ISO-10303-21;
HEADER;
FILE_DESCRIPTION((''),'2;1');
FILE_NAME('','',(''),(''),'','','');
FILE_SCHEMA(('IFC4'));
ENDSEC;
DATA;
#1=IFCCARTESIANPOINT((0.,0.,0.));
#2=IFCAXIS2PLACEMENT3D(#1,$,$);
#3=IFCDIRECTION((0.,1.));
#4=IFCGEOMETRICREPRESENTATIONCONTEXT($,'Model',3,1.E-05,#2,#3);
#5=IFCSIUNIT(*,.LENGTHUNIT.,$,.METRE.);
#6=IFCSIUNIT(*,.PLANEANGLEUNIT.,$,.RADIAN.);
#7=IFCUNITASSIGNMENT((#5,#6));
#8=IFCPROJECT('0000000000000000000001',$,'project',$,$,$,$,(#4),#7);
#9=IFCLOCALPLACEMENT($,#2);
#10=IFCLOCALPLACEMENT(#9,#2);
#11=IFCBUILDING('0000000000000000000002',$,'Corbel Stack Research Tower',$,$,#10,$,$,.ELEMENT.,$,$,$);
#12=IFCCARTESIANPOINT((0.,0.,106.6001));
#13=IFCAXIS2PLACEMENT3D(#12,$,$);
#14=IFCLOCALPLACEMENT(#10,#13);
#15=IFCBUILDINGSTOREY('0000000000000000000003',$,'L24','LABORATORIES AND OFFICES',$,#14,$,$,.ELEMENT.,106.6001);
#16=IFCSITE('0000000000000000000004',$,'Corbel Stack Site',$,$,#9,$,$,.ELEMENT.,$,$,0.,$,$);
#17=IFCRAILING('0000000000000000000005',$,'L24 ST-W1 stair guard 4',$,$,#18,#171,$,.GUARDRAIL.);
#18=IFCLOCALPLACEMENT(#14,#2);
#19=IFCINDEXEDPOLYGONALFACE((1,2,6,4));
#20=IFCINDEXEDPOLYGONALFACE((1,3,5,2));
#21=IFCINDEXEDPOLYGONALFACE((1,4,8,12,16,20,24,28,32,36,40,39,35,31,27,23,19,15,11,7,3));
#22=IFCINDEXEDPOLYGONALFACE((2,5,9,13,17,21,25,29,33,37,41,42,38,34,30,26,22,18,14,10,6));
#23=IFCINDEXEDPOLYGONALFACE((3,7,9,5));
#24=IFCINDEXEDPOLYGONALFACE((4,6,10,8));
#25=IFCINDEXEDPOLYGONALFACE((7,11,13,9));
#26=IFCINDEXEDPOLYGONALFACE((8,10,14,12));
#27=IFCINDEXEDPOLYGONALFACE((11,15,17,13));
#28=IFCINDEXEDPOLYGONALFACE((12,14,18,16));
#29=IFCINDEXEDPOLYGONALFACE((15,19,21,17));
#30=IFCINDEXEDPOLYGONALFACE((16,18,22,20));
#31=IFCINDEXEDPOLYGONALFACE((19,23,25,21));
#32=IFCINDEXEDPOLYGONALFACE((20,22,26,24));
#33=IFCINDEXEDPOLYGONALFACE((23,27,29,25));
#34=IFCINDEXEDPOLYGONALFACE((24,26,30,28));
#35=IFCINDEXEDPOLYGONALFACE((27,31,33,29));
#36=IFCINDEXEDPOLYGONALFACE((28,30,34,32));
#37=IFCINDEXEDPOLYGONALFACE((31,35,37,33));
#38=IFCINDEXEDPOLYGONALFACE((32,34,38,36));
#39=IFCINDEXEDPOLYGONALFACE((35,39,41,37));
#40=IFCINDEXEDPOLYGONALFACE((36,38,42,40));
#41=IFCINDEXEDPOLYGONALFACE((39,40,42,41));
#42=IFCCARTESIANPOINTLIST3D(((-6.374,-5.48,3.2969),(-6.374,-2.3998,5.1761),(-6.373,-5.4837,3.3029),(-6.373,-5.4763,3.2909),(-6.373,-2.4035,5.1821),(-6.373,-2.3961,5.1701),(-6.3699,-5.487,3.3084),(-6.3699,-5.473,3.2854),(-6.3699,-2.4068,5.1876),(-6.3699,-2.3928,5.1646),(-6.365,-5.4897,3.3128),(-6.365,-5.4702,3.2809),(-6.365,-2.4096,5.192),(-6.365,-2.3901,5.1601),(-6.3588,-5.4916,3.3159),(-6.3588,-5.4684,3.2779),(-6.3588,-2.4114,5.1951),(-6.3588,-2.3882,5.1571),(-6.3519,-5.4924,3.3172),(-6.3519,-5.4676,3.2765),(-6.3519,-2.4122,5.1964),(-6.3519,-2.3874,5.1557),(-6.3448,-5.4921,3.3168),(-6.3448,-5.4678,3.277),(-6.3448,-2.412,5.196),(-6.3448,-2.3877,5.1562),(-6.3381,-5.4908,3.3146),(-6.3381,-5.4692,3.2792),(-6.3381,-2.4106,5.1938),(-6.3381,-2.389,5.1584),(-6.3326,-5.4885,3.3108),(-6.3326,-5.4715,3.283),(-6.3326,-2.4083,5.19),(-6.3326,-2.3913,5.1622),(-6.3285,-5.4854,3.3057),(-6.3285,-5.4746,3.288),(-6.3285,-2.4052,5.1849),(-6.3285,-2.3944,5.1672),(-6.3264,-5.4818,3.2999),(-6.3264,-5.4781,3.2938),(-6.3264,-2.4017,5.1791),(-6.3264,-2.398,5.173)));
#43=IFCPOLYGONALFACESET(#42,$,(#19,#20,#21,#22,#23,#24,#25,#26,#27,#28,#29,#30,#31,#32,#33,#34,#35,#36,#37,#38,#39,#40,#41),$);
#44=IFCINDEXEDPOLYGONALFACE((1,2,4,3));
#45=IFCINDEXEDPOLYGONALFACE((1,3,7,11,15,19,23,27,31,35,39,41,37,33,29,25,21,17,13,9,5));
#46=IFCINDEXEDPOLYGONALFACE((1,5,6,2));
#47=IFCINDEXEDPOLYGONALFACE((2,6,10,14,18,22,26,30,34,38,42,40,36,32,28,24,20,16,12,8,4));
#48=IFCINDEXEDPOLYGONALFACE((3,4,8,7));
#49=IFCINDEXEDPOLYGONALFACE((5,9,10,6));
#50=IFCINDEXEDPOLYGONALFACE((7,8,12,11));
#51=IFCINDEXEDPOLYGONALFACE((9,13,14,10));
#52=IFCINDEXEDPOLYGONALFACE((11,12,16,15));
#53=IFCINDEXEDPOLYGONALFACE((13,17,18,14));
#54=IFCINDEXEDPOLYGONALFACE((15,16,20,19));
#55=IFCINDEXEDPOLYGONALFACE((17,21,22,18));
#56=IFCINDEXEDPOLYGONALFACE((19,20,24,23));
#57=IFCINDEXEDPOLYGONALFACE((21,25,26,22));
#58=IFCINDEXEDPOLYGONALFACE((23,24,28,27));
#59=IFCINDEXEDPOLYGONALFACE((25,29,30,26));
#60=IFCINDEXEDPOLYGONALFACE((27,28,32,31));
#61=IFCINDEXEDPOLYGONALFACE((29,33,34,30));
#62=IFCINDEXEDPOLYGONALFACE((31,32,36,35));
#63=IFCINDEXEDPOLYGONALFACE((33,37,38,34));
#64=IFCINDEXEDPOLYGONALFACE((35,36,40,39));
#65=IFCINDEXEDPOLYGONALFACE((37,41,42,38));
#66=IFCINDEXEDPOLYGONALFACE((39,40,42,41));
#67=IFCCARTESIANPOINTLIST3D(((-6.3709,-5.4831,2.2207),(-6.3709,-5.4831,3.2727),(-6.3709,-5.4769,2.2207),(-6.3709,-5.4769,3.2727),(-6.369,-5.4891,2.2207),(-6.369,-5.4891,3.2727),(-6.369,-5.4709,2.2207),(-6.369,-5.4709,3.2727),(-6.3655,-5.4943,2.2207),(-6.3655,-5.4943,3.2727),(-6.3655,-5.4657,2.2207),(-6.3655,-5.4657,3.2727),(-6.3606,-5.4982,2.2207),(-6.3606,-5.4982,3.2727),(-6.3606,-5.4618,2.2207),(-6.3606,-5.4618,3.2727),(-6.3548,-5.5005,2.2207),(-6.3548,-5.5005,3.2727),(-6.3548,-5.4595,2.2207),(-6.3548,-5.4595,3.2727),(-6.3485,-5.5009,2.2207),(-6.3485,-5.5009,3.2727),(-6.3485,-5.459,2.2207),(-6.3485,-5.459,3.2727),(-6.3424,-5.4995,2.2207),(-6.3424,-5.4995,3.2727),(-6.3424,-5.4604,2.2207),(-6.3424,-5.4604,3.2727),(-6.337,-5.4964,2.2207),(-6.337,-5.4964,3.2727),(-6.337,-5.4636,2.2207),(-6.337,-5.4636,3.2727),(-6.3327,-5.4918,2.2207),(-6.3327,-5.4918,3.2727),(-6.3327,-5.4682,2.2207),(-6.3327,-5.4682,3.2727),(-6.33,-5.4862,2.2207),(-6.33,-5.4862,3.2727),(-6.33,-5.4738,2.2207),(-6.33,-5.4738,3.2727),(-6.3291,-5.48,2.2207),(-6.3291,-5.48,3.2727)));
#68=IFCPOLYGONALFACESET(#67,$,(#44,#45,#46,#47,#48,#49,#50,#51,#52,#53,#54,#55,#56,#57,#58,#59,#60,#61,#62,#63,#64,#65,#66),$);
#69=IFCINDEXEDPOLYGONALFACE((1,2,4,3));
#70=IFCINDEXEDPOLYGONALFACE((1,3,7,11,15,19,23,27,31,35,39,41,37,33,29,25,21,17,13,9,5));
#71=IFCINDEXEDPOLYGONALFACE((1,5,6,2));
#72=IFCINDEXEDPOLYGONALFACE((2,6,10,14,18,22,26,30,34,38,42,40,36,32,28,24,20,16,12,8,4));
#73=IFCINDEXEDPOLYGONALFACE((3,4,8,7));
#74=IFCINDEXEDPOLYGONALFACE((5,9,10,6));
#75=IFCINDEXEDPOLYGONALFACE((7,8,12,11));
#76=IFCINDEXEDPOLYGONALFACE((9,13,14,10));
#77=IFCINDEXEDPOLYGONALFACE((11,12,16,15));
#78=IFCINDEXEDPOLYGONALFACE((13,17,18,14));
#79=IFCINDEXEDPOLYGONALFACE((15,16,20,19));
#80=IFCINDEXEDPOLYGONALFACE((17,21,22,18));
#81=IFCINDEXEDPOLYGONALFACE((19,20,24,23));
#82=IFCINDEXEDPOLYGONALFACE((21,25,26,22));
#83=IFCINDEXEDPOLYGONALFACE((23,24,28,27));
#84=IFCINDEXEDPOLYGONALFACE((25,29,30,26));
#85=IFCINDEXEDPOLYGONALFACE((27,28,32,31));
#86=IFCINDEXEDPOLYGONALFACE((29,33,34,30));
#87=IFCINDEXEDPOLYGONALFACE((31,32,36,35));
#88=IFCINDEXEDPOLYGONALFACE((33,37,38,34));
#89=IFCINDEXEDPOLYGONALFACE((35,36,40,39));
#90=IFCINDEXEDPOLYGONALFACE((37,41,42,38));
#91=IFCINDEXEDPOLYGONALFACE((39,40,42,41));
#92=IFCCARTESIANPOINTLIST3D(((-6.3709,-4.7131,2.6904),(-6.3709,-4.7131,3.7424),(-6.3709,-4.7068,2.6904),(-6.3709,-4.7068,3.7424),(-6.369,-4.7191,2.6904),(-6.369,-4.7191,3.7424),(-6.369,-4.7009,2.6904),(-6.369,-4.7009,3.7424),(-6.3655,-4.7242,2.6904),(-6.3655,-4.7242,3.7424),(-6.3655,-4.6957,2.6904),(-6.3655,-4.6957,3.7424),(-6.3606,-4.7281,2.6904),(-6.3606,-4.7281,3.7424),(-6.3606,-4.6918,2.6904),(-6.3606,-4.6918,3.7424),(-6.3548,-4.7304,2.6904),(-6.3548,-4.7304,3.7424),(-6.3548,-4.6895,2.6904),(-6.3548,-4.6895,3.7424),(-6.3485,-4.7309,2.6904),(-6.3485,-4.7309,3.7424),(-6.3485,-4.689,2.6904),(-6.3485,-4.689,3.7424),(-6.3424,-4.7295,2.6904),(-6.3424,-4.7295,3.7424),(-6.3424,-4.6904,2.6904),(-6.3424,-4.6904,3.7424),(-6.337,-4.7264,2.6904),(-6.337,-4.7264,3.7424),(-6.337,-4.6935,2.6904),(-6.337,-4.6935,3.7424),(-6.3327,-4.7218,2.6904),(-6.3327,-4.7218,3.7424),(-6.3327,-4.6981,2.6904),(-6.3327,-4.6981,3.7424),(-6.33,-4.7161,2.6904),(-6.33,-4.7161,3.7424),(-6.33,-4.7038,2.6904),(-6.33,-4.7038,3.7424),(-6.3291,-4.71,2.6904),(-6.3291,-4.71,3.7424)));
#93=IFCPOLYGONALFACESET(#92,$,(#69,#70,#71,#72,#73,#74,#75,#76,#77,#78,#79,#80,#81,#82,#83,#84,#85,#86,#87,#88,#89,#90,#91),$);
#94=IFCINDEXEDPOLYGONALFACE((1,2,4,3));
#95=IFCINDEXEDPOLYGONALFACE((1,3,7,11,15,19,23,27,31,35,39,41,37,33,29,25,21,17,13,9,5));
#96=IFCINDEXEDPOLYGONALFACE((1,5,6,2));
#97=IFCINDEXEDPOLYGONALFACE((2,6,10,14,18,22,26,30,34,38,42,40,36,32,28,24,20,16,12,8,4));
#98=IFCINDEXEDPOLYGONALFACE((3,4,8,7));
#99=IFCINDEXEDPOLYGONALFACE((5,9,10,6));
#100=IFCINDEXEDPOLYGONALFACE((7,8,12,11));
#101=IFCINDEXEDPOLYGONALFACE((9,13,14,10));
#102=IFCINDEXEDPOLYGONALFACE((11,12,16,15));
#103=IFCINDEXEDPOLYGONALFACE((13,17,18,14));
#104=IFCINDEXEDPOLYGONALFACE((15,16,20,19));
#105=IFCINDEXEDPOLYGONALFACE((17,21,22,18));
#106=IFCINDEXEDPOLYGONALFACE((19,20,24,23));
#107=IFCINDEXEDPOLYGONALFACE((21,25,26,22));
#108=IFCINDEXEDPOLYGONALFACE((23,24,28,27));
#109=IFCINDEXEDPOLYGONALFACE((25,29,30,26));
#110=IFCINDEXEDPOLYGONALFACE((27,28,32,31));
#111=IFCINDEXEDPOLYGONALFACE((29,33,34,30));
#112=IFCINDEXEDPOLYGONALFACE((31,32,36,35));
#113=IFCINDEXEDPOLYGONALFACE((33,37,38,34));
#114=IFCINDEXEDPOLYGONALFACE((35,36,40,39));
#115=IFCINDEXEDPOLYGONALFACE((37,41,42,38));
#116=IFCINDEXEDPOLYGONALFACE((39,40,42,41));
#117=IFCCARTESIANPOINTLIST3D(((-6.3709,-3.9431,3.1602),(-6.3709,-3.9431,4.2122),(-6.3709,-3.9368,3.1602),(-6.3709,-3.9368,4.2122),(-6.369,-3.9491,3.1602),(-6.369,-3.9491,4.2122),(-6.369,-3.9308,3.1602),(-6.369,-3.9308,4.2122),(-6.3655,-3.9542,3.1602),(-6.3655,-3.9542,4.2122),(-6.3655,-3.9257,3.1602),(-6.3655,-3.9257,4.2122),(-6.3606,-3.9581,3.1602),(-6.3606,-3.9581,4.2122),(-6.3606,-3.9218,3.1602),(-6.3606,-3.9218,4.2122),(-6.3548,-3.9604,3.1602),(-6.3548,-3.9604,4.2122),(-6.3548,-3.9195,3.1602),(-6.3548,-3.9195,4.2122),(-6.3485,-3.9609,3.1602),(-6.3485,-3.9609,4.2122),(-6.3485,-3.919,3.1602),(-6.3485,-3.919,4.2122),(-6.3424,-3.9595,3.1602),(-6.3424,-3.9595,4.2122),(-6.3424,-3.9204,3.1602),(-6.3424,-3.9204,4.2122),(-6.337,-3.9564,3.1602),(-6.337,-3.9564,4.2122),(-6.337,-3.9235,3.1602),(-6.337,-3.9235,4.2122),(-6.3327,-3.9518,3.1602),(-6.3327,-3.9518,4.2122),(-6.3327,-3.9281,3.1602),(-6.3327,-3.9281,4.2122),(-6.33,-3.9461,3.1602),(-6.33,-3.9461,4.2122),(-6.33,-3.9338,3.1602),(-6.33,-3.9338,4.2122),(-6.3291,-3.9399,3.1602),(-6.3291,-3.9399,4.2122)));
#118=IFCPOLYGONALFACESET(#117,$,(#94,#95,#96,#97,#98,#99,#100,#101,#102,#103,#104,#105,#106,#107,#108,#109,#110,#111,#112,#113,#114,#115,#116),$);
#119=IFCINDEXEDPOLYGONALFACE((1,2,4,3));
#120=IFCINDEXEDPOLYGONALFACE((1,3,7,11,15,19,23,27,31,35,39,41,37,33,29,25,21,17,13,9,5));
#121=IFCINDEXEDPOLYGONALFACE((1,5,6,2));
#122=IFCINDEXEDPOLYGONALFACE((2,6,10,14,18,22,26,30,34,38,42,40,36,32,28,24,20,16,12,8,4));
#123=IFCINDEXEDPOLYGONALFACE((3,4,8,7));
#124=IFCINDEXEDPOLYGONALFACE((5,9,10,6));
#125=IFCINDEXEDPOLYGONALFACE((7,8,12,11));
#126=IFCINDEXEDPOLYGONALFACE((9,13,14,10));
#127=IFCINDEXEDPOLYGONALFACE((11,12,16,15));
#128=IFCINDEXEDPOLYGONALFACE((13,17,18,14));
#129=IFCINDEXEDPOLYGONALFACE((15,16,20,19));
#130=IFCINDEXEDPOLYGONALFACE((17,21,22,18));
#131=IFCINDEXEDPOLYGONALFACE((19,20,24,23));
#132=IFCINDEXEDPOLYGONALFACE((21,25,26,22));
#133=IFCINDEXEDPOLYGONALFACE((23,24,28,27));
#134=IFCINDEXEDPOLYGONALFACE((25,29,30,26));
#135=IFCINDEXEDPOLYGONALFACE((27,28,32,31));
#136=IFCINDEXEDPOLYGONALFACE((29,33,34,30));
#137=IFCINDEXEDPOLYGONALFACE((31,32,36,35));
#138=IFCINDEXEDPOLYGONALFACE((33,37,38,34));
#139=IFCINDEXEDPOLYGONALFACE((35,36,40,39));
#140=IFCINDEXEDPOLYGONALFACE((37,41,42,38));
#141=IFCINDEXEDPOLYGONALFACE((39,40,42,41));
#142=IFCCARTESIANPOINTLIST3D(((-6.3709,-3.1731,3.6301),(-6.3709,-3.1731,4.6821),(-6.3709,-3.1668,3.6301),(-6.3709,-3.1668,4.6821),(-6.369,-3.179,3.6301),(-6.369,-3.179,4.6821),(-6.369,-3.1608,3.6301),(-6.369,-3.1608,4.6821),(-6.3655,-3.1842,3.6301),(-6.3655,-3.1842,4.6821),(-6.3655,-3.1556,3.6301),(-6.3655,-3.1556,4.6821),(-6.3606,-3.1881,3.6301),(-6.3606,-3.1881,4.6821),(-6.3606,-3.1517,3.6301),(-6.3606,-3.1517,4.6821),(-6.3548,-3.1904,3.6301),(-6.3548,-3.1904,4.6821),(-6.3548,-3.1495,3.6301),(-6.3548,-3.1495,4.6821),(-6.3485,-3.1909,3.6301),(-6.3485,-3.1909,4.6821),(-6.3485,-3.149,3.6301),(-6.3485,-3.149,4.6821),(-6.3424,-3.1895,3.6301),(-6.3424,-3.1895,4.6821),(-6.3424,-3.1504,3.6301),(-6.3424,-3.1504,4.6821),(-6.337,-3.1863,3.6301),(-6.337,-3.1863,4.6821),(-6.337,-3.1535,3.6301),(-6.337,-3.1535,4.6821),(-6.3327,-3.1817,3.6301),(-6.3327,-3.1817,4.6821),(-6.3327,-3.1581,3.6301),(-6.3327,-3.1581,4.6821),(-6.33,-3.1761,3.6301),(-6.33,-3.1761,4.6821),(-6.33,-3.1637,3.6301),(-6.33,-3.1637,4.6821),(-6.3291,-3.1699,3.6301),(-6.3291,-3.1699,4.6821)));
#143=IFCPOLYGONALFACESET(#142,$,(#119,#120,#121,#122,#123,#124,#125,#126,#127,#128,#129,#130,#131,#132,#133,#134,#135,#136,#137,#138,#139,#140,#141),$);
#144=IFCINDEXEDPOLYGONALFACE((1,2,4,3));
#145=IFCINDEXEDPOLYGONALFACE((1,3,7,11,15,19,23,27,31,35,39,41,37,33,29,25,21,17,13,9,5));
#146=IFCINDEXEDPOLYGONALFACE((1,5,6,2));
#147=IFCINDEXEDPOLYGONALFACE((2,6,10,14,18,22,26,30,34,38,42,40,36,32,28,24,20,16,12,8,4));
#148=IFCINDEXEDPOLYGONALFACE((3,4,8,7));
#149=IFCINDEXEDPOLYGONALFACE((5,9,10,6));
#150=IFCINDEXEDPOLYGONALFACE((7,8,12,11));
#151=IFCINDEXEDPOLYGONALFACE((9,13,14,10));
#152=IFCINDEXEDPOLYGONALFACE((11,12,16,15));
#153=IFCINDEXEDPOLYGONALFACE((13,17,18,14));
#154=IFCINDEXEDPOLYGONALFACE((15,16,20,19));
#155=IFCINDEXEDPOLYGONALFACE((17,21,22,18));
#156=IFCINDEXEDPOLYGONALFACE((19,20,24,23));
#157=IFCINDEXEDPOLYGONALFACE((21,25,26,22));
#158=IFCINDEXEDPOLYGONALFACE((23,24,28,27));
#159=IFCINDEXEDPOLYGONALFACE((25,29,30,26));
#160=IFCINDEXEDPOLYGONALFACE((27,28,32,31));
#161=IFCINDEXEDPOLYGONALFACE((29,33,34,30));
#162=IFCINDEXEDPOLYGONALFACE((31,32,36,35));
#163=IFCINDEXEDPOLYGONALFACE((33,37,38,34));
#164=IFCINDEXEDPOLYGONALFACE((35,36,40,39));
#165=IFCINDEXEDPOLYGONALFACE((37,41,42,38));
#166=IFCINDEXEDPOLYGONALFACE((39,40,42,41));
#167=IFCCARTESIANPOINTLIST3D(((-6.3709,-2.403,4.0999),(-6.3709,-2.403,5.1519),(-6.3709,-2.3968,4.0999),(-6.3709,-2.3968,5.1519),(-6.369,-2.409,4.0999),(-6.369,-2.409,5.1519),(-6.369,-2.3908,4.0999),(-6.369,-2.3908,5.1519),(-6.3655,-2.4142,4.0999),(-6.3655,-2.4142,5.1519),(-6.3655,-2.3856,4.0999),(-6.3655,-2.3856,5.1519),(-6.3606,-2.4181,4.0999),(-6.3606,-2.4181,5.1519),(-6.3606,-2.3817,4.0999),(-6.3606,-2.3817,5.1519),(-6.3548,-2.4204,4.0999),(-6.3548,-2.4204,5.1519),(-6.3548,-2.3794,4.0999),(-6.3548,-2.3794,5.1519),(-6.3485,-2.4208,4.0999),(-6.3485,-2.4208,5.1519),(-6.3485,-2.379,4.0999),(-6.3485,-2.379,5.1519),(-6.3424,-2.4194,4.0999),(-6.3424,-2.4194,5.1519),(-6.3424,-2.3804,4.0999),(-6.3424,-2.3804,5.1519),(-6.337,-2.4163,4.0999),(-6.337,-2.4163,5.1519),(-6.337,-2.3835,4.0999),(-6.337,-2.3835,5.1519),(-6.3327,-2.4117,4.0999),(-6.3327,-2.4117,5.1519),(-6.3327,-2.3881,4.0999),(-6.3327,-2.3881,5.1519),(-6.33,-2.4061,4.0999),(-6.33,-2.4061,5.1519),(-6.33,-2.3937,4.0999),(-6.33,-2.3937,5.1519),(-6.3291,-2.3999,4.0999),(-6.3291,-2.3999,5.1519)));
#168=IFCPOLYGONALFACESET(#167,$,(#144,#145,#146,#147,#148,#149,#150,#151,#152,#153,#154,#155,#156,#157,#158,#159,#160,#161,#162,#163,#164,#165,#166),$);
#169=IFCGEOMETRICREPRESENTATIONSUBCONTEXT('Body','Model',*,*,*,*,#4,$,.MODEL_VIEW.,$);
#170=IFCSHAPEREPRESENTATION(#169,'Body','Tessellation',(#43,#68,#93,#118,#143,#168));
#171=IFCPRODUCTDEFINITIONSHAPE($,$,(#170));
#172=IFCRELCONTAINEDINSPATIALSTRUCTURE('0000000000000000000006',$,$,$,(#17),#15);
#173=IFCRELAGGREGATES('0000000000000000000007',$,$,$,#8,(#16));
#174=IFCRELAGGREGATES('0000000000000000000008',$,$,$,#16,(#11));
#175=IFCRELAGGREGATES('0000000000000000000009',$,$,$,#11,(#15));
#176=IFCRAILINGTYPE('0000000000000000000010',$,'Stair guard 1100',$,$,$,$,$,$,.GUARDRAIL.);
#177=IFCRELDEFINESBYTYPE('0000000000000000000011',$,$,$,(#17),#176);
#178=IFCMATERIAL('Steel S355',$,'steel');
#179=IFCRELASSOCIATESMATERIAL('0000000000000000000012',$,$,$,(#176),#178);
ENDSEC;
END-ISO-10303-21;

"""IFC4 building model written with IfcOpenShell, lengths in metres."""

from ifc_helpers import new_model, si_unit, direction, frame, origin, origin_2d, place, context, subcontext, project, spatial, circle, extrude, material, type_object, element, save


model = new_model("IFC4")

# Units and contexts
model_context = context("Model", 3, precision=1e-05, world=origin(), true_north=direction((0.0, 1.0)))
body_context = subcontext(model_context, "Body", "Model", "MODEL_VIEW")
ifc_project = project(units=[si_unit("LENGTHUNIT", "METRE"), si_unit("PLANEANGLEUNIT", "RADIAN")], contexts=[model_context])

# Site, building, storey
site_placement = place(None, origin())
site = spatial("IfcSite", under=ifc_project, at=site_placement, Name="Corbel Stack Site", CompositionType="ELEMENT", RefElevation=0.0)
building_placement = place(site_placement, origin())
building = spatial("IfcBuilding", under=site, at=building_placement, Name="Corbel Stack Research Tower", CompositionType="ELEMENT")
storey_placement = place(building_placement, frame((0.0, 0.0, 106.6001)))
storey = spatial("IfcBuildingStorey", under=building, at=storey_placement, Name="L24", Description="LABORATORIES AND OFFICES", CompositionType="ELEMENT", Elevation=106.6001)

# Railing
ifc_material_1 = material(Name="Steel S355", Category="steel")
railing_type_1 = type_object("IfcRailingType", Name="Stair guard 1100", PredefinedType="GUARDRAIL", material=ifc_material_1)
railing_1_placement = place(storey_placement, frame((-6.3501, -5.48, 2.2207)))
element("IfcRailing", 1, at=railing_1_placement, inside=storey, type_object=railing_type_1, Name="L24 ST-W1 stair guard 4", PredefinedType="GUARDRAIL", context=body_context, shape_type="SweptSolid", body=[
    extrude(circle(Radius=0.0239, at=origin_2d()), frame((0.0, 0.0, 1.0762), z_axis=(0.0, 0.853666, 0.52082), x_axis=(-1.0, 0.0, 0.0)), (0.0, 0.0, 1.0), 3.6082),
    extrude(circle(Radius=0.021, at=origin_2d()), origin(), (0.0, 0.0, 1.0), 1.052),
    extrude(circle(Radius=0.021, at=origin_2d()), frame((0.0, 0.77, 0.4697)), (0.0, 0.0, 1.0), 1.052),
    extrude(circle(Radius=0.021, at=origin_2d()), frame((0.0, 1.54, 0.9395)), (0.0, 0.0, 1.0), 1.052),
    extrude(circle(Radius=0.021, at=origin_2d()), frame((0.0, 2.3101, 1.4094)), (0.0, 0.0, 1.0), 1.052),
    extrude(circle(Radius=0.021, at=origin_2d()), frame((0.0, 3.0801, 1.8792)), (0.0, 0.0, 1.0), 1.052),
])

save(model, "model.ifc")
